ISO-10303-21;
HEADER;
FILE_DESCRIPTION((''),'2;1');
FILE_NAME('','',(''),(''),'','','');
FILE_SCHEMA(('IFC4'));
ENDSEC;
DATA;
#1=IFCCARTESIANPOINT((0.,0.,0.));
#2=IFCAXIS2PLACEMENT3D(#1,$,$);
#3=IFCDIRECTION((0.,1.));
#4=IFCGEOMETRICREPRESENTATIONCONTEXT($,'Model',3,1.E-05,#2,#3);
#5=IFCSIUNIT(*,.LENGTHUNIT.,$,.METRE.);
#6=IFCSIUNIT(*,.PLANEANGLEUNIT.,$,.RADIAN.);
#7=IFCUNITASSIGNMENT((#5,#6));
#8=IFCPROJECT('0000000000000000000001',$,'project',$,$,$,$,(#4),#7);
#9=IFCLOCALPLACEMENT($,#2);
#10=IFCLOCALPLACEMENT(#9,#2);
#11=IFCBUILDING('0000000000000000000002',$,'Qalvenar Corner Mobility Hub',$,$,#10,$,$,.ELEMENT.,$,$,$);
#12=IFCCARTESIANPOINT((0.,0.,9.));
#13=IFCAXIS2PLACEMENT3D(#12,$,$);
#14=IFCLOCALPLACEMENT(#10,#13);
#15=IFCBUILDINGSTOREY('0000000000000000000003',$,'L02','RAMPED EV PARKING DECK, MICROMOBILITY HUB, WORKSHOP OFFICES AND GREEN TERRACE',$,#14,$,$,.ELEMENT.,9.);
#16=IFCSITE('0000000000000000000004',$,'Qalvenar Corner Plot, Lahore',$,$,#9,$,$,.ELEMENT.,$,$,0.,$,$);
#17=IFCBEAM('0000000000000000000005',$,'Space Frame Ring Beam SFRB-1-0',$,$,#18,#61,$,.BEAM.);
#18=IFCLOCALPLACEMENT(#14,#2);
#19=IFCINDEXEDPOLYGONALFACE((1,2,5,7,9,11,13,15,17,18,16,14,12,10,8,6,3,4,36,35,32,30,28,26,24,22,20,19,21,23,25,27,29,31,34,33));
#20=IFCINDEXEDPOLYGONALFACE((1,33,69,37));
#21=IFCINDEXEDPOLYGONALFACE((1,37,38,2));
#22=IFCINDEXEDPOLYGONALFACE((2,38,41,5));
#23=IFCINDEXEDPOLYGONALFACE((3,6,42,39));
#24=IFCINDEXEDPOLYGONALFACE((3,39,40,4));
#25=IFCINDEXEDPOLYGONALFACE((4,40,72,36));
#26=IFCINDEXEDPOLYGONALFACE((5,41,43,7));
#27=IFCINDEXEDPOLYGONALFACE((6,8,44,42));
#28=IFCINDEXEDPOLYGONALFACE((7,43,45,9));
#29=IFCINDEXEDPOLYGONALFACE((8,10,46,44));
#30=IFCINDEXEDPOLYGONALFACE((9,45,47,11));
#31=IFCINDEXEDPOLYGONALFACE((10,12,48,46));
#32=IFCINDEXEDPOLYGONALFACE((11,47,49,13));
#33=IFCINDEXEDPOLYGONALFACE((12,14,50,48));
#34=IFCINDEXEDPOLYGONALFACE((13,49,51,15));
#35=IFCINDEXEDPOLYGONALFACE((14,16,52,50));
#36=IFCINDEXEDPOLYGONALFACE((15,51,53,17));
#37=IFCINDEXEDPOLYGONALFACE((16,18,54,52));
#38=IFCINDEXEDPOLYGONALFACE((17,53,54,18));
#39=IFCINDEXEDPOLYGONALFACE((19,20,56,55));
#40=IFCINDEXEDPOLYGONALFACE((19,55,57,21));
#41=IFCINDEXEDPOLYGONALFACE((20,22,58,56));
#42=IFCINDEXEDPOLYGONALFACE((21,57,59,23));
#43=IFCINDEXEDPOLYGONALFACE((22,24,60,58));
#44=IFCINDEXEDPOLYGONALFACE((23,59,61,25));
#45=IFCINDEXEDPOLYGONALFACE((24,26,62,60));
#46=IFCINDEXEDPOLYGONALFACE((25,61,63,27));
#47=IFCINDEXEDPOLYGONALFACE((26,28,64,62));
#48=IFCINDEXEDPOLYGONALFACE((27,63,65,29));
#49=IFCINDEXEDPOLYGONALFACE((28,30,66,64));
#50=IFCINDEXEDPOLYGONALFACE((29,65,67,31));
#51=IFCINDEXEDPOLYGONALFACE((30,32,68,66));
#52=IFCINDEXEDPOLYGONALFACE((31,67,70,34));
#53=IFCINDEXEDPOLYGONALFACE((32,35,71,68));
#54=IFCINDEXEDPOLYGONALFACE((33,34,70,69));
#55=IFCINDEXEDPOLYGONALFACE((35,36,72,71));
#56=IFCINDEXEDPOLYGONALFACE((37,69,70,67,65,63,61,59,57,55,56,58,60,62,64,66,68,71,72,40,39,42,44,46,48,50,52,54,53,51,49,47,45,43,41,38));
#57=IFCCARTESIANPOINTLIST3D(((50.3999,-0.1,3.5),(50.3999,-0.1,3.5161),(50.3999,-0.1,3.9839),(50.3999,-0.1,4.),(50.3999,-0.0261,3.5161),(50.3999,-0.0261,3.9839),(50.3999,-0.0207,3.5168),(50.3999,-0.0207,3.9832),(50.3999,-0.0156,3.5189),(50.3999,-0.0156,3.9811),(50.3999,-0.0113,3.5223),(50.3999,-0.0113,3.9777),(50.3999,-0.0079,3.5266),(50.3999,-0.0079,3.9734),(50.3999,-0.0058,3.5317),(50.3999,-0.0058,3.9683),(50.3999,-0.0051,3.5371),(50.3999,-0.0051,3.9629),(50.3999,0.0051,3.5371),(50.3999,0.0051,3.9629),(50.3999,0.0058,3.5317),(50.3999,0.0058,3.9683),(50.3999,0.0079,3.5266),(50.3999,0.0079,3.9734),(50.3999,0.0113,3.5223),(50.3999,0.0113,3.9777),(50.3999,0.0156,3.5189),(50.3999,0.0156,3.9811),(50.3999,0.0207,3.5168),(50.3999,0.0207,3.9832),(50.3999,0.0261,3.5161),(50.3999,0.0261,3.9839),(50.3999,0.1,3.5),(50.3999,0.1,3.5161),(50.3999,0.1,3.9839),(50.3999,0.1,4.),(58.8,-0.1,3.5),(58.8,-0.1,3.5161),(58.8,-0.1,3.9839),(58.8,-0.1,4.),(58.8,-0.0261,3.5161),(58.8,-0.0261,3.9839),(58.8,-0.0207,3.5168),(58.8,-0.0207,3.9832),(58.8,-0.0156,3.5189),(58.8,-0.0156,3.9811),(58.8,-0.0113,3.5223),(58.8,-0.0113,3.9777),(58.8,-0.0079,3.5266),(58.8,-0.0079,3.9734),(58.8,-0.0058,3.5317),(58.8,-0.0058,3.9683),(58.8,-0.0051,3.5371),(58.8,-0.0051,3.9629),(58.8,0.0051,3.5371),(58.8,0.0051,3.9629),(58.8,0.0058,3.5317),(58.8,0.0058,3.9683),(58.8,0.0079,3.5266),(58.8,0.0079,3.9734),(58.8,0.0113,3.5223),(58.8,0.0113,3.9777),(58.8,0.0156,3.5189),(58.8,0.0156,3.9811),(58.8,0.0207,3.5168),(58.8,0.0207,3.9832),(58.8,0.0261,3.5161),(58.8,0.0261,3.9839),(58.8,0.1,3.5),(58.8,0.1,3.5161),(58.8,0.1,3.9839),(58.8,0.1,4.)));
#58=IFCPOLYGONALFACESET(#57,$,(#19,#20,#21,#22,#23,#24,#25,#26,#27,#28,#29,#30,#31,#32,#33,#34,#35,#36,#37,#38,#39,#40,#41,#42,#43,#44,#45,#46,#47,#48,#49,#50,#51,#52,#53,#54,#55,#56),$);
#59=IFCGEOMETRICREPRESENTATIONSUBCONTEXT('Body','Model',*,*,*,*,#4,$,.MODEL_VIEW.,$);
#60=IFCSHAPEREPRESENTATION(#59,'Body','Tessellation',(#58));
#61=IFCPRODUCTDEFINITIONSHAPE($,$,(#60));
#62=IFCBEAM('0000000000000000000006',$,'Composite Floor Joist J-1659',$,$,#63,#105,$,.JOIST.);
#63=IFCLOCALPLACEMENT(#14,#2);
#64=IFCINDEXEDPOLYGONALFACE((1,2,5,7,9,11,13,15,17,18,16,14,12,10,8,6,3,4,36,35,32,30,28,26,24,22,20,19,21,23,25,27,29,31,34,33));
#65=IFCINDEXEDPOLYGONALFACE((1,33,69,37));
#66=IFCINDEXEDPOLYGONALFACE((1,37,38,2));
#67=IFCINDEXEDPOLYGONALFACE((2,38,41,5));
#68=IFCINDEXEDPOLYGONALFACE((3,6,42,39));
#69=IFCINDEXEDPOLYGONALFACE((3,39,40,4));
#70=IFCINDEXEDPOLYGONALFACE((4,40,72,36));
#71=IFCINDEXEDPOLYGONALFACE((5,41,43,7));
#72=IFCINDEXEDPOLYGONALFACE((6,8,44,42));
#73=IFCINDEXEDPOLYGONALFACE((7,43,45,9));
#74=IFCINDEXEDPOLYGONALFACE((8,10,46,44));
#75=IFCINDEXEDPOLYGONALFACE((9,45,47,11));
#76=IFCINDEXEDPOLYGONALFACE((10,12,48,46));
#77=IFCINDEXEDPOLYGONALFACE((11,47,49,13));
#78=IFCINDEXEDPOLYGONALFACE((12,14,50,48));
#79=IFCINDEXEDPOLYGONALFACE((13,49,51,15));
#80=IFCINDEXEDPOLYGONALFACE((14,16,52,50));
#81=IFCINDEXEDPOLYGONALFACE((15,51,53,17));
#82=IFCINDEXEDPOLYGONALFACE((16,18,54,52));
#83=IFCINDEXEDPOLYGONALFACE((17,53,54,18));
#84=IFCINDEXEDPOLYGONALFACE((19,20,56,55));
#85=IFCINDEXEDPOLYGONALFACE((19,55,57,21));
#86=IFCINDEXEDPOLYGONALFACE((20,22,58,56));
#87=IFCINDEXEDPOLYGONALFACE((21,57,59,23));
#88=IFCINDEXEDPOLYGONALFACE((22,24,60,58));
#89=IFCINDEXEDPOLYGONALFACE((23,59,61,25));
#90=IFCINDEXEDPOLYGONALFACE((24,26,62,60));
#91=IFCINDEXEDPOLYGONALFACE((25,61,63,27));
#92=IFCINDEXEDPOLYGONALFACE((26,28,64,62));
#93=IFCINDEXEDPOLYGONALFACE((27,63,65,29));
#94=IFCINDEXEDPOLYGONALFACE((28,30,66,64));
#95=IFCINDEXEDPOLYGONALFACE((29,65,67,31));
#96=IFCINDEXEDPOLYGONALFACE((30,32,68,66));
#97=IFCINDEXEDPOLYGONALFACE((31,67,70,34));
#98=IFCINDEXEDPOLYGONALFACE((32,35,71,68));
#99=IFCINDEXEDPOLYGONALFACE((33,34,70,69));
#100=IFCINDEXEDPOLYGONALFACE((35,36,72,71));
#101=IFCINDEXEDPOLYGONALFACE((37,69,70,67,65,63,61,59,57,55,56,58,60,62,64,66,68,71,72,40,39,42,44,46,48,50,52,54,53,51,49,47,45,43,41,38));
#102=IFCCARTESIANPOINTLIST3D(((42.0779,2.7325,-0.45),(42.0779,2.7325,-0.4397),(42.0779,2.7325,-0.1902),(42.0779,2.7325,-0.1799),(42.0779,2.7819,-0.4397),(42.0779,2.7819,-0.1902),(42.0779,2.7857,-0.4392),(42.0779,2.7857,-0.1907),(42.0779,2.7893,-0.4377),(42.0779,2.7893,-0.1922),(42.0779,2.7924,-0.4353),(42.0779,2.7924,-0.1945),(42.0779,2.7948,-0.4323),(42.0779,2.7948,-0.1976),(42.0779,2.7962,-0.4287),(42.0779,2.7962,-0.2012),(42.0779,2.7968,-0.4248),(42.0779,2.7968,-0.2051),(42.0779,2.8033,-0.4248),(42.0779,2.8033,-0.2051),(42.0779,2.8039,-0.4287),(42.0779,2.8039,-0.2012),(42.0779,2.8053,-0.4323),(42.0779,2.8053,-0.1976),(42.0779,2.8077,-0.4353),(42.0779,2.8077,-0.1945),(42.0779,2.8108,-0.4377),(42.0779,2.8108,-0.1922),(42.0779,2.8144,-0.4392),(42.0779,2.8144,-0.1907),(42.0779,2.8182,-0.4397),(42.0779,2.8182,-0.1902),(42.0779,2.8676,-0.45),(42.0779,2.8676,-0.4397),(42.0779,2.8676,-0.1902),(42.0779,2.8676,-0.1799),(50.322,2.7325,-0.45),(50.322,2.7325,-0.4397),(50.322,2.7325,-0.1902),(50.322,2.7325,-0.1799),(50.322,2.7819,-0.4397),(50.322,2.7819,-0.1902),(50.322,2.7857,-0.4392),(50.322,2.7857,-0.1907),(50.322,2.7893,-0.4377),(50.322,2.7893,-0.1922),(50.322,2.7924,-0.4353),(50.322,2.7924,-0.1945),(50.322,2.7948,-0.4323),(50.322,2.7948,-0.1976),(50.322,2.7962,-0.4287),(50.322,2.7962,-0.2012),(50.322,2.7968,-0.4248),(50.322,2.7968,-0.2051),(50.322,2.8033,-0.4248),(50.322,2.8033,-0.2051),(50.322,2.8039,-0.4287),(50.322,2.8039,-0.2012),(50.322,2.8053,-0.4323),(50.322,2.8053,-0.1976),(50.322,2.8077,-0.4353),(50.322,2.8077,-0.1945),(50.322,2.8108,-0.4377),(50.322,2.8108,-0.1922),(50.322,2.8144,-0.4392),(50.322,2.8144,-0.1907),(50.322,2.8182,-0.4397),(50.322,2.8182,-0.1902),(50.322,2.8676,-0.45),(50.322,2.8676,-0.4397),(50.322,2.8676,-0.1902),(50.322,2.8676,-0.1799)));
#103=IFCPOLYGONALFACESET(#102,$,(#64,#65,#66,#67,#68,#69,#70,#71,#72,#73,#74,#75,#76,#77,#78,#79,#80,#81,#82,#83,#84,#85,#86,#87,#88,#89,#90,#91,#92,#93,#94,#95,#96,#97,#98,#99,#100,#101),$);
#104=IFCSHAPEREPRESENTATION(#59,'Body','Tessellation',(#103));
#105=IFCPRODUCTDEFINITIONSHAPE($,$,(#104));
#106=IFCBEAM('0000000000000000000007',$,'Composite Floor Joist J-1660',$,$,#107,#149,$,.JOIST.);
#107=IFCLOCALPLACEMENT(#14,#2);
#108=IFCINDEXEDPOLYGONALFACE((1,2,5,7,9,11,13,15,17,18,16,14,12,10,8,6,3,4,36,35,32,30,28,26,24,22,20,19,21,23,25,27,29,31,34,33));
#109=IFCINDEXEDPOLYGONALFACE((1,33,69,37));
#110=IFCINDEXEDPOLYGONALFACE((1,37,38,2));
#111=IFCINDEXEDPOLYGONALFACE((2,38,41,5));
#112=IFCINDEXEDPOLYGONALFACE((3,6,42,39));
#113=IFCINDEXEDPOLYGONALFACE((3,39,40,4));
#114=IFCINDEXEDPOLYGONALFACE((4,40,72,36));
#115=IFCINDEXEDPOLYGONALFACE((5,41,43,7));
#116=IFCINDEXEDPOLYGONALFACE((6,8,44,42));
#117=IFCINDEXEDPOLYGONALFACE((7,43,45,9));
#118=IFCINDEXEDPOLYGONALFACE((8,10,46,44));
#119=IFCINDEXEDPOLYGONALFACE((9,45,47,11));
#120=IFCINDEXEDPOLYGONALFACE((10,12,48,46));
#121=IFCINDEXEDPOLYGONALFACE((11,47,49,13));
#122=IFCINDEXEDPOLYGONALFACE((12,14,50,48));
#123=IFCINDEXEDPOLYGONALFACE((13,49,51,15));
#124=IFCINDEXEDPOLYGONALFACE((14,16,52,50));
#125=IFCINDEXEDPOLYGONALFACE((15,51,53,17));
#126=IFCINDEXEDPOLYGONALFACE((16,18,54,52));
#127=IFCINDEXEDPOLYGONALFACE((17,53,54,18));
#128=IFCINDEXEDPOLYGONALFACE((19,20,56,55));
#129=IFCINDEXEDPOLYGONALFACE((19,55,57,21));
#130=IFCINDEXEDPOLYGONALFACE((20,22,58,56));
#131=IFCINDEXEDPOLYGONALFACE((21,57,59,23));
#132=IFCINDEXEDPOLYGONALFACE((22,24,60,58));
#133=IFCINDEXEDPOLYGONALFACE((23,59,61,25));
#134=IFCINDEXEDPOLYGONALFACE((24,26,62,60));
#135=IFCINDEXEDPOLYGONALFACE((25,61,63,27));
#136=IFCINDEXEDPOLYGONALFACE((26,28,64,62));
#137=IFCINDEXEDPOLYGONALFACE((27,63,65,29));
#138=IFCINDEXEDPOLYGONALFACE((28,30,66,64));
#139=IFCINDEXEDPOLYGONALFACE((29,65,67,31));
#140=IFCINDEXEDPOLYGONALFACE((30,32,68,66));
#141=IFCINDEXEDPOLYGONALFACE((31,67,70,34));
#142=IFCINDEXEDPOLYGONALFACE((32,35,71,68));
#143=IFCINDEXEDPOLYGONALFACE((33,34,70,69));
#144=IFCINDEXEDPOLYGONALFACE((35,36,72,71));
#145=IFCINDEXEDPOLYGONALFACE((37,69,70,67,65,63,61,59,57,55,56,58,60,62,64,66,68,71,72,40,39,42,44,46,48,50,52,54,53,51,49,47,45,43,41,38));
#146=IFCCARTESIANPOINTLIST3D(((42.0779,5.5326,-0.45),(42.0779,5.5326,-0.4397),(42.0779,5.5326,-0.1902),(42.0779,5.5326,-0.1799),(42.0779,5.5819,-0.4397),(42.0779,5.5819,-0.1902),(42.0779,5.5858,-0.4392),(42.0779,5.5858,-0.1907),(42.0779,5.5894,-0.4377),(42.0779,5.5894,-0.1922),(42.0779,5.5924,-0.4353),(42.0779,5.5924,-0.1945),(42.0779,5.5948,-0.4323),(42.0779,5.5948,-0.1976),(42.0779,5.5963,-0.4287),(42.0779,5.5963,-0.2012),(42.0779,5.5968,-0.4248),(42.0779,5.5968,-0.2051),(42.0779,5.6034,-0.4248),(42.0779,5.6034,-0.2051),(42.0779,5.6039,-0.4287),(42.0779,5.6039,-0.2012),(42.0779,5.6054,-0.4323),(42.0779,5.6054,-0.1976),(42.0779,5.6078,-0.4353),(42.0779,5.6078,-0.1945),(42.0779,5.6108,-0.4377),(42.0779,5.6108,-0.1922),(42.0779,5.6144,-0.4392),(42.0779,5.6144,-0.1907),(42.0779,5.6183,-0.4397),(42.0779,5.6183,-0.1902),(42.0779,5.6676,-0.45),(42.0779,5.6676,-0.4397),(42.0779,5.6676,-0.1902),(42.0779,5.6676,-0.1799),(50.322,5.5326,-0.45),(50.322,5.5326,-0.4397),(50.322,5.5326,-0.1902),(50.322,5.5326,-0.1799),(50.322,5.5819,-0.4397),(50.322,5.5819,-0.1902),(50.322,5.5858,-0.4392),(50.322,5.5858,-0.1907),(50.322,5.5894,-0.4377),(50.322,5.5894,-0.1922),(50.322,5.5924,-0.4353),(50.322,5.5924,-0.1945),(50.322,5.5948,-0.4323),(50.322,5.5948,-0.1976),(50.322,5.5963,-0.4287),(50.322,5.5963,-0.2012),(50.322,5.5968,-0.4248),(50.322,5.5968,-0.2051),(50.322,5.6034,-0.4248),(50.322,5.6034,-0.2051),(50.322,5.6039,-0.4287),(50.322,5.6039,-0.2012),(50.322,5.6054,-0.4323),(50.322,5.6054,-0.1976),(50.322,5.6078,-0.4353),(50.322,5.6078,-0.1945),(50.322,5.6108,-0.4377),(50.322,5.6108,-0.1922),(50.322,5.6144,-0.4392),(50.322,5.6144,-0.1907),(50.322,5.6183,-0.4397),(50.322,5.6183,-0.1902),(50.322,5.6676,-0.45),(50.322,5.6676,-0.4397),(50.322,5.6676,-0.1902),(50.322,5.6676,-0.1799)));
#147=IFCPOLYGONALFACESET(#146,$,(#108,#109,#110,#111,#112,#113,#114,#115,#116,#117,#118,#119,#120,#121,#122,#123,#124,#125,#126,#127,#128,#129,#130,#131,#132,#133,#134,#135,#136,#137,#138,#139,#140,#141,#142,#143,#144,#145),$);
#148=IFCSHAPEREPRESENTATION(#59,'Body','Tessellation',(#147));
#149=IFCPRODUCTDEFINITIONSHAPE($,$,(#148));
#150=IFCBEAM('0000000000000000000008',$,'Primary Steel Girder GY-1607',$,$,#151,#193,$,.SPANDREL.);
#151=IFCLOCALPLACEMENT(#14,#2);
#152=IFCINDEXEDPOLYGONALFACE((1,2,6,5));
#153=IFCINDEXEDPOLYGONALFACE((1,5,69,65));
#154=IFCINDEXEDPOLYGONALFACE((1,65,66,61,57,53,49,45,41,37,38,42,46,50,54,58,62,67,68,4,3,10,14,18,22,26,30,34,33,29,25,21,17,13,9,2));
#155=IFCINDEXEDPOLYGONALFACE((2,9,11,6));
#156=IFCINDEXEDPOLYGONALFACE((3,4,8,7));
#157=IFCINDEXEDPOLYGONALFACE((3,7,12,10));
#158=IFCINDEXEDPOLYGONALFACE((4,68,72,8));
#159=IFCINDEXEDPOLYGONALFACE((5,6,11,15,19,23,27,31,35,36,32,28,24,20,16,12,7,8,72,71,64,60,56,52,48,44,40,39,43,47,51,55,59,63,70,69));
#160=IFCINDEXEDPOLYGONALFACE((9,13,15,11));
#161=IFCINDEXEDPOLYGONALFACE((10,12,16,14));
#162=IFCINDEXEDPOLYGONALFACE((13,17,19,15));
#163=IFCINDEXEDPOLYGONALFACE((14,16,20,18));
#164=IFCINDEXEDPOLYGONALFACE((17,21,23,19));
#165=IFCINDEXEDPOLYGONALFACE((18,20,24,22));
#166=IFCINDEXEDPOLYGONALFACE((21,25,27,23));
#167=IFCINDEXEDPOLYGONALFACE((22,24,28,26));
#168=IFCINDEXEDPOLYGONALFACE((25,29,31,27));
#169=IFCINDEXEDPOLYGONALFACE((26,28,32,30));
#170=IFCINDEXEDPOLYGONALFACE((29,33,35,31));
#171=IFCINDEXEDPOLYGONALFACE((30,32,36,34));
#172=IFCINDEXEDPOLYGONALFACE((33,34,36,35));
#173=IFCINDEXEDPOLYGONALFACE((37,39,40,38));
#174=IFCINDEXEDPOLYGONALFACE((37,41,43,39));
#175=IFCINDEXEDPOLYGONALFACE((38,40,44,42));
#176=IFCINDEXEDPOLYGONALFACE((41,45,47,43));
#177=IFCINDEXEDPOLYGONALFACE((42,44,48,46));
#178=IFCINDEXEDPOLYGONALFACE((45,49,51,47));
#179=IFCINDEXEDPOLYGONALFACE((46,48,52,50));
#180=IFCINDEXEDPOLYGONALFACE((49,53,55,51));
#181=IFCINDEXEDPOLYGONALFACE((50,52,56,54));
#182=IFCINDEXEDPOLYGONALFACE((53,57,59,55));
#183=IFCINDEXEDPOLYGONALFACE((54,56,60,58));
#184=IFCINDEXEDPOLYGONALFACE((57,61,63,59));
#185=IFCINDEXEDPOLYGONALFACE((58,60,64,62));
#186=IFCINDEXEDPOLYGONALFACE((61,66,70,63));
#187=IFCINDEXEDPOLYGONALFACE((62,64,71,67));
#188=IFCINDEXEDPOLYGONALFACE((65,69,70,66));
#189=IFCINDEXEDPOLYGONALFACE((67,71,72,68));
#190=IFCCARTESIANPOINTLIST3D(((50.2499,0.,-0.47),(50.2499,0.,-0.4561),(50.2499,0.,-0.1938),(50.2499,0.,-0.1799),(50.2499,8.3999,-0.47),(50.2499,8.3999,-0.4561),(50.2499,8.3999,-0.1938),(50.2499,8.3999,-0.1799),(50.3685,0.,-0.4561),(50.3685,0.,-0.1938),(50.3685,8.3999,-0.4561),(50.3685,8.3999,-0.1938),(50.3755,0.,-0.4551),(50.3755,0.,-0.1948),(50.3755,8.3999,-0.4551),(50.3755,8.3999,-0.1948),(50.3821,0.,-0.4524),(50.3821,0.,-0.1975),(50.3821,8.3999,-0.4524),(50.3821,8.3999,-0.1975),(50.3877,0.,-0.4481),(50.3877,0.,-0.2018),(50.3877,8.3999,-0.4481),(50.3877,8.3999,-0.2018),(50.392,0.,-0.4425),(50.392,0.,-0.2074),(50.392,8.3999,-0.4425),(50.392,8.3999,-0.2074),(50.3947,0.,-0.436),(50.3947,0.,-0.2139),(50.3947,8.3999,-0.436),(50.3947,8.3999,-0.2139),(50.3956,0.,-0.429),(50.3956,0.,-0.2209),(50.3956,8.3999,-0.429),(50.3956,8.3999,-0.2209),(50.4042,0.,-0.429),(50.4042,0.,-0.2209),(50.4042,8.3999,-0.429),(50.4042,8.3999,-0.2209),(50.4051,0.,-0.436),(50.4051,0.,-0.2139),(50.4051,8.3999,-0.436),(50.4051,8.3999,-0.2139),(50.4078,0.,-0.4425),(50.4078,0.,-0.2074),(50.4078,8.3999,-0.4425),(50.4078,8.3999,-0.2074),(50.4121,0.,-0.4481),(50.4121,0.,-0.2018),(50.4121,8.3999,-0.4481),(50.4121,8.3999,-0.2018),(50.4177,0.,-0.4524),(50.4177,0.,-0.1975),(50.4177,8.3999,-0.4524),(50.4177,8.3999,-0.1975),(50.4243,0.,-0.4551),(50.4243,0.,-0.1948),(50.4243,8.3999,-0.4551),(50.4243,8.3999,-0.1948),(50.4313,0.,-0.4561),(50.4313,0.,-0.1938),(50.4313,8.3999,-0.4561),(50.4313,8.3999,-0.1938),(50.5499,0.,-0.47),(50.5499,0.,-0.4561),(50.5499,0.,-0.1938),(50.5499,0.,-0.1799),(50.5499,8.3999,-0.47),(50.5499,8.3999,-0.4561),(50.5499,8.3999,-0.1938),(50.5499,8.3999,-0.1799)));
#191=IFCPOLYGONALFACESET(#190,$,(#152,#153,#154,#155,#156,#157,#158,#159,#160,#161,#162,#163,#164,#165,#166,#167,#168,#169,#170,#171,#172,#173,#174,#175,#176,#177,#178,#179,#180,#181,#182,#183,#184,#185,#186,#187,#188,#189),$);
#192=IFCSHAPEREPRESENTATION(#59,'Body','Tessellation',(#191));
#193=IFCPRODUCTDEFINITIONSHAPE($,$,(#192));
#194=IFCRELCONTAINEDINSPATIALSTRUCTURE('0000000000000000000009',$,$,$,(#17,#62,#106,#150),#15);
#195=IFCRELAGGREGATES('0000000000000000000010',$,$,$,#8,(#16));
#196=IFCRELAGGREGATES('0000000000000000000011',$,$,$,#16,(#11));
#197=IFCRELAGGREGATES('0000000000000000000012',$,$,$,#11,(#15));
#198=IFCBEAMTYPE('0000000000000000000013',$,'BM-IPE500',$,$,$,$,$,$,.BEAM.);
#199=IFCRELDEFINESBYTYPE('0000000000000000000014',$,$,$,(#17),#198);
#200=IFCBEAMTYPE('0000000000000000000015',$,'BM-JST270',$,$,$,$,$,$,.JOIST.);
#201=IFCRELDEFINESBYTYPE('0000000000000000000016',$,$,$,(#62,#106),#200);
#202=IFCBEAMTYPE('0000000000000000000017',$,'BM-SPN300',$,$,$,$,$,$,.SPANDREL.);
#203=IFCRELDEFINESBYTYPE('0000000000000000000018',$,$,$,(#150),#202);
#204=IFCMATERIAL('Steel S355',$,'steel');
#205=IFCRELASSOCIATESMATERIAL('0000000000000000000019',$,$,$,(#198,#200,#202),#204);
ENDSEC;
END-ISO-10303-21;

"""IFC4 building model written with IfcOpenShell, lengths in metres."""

from ifc_helpers import new_model, si_unit, direction, frame, origin, origin_2d, place, context, subcontext, project, spatial, i_section, extrude, material, material_profile, profile_set, type_object, element, save


model = new_model("IFC4")

# Units and contexts
model_context = context("Model", 3, precision=1e-05, world=origin(), true_north=direction((0.0, 1.0)))
body_context = subcontext(model_context, "Body", "Model", "MODEL_VIEW")
ifc_project = project(units=[si_unit("LENGTHUNIT", "METRE"), si_unit("PLANEANGLEUNIT", "RADIAN")], contexts=[model_context])

# Site, building, storey
site_placement = place(None, origin())
site = spatial("IfcSite", under=ifc_project, at=site_placement, Name="Qalvenar Corner Plot, Lahore", CompositionType="ELEMENT", RefElevation=0.0)
building_placement = place(site_placement, origin())
building = spatial("IfcBuilding", under=site, at=building_placement, Name="Qalvenar Corner Mobility Hub", CompositionType="ELEMENT")
storey_placement = place(building_placement, frame((0.0, 0.0, 9.0)))
storey = spatial("IfcBuildingStorey", under=building, at=storey_placement, Name="L02", Description="RAMPED EV PARKING DECK, MICROMOBILITY HUB, WORKSHOP OFFICES AND GREEN TERRACE", CompositionType="ELEMENT", Elevation=9.0)

# Shared definitions
ifc_material_1 = material(Name="Steel S355", Category="steel")

# Beams
ifc_material_profile_1 = material_profile(ifc_material_1, i_section(OverallWidth=0.2, OverallDepth=0.5, WebThickness=0.0103, FlangeThickness=0.0161, FilletRadius=0.021, at=origin_2d()), Name="IPE500")
ifc_profile_set_1 = profile_set([ifc_material_profile_1], Name="Steel S355")
beam_type_1 = type_object("IfcBeamType", Name="BM-IPE500", PredefinedType="BEAM", material=ifc_profile_set_1)
beam_1_placement = place(storey_placement, frame((50.3999, 0.0, 3.75), z_axis=(1.0, 0.0, 0.0), x_axis=(0.0, 1.0, 0.0)))
element("IfcBeam", 1, at=beam_1_placement, inside=storey, type_object=beam_type_1, Name="Space Frame Ring Beam SFRB-1-0", PredefinedType="BEAM", context=body_context, shape_type="SweptSolid", body=[
    extrude(i_section(OverallWidth=0.2, OverallDepth=0.5, WebThickness=0.0103, FlangeThickness=0.0161, FilletRadius=0.021, at=origin_2d()), origin(), (0.0, 0.0, 1.0), 8.4001),
])
ifc_material_profile_2 = material_profile(ifc_material_1, i_section(OverallWidth=0.135, OverallDepth=0.27, WebThickness=0.0066, FlangeThickness=0.0103, FilletRadius=0.0149, at=origin_2d()), Name="IPE270")
ifc_profile_set_2 = profile_set([ifc_material_profile_2], Name="Steel S355")
beam_type_2 = type_object("IfcBeamType", Name="BM-JST270", PredefinedType="JOIST", material=ifc_profile_set_2)
for number, where, z_axis, x_axis, name in (
    (2, (42.0779, 2.8, -0.3149), (1.0, 0.0, 0.0), (0.0, 1.0, 0.0), "Composite Floor Joist J-1659"),
    (3, (42.0779, 5.6001, -0.3149), (1.0, 0.0, 0.0), (0.0, 1.0, 0.0), "Composite Floor Joist J-1660"),
):
    element("IfcBeam", number, at=place(storey_placement, frame(where, z_axis=z_axis, x_axis=x_axis)), inside=storey, type_object=beam_type_2, Name=name, PredefinedType="JOIST", context=body_context, shape_type="SweptSolid", body=[
        extrude(i_section(OverallWidth=0.135, OverallDepth=0.27, WebThickness=0.0066, FlangeThickness=0.0103, FilletRadius=0.0149, at=origin_2d()), origin(), (0.0, 0.0, 1.0), 8.2441),
    ])
ifc_material_profile_3 = material_profile(ifc_material_1, i_section(OverallWidth=0.3, OverallDepth=0.29, WebThickness=0.0085, FlangeThickness=0.0139, FilletRadius=0.0271, at=origin_2d()), Name="HEA300")
ifc_profile_set_3 = profile_set([ifc_material_profile_3], Name="Steel S355")
beam_type_3 = type_object("IfcBeamType", Name="BM-SPN300", PredefinedType="SPANDREL", material=ifc_profile_set_3)
beam_2_placement = place(storey_placement, frame((50.3999, 0.0, -0.325), z_axis=(0.0, 1.0, 0.0), x_axis=(-1.0, 0.0, 0.0)))
element("IfcBeam", 4, at=beam_2_placement, inside=storey, type_object=beam_type_3, Name="Primary Steel Girder GY-1607", PredefinedType="SPANDREL", context=body_context, shape_type="SweptSolid", body=[
    extrude(i_section(OverallWidth=0.3, OverallDepth=0.29, WebThickness=0.0085, FlangeThickness=0.0139, FilletRadius=0.0271, at=origin_2d()), origin(), (0.0, 0.0, 1.0), 8.3999),
])

save(model, "model.ifc")
